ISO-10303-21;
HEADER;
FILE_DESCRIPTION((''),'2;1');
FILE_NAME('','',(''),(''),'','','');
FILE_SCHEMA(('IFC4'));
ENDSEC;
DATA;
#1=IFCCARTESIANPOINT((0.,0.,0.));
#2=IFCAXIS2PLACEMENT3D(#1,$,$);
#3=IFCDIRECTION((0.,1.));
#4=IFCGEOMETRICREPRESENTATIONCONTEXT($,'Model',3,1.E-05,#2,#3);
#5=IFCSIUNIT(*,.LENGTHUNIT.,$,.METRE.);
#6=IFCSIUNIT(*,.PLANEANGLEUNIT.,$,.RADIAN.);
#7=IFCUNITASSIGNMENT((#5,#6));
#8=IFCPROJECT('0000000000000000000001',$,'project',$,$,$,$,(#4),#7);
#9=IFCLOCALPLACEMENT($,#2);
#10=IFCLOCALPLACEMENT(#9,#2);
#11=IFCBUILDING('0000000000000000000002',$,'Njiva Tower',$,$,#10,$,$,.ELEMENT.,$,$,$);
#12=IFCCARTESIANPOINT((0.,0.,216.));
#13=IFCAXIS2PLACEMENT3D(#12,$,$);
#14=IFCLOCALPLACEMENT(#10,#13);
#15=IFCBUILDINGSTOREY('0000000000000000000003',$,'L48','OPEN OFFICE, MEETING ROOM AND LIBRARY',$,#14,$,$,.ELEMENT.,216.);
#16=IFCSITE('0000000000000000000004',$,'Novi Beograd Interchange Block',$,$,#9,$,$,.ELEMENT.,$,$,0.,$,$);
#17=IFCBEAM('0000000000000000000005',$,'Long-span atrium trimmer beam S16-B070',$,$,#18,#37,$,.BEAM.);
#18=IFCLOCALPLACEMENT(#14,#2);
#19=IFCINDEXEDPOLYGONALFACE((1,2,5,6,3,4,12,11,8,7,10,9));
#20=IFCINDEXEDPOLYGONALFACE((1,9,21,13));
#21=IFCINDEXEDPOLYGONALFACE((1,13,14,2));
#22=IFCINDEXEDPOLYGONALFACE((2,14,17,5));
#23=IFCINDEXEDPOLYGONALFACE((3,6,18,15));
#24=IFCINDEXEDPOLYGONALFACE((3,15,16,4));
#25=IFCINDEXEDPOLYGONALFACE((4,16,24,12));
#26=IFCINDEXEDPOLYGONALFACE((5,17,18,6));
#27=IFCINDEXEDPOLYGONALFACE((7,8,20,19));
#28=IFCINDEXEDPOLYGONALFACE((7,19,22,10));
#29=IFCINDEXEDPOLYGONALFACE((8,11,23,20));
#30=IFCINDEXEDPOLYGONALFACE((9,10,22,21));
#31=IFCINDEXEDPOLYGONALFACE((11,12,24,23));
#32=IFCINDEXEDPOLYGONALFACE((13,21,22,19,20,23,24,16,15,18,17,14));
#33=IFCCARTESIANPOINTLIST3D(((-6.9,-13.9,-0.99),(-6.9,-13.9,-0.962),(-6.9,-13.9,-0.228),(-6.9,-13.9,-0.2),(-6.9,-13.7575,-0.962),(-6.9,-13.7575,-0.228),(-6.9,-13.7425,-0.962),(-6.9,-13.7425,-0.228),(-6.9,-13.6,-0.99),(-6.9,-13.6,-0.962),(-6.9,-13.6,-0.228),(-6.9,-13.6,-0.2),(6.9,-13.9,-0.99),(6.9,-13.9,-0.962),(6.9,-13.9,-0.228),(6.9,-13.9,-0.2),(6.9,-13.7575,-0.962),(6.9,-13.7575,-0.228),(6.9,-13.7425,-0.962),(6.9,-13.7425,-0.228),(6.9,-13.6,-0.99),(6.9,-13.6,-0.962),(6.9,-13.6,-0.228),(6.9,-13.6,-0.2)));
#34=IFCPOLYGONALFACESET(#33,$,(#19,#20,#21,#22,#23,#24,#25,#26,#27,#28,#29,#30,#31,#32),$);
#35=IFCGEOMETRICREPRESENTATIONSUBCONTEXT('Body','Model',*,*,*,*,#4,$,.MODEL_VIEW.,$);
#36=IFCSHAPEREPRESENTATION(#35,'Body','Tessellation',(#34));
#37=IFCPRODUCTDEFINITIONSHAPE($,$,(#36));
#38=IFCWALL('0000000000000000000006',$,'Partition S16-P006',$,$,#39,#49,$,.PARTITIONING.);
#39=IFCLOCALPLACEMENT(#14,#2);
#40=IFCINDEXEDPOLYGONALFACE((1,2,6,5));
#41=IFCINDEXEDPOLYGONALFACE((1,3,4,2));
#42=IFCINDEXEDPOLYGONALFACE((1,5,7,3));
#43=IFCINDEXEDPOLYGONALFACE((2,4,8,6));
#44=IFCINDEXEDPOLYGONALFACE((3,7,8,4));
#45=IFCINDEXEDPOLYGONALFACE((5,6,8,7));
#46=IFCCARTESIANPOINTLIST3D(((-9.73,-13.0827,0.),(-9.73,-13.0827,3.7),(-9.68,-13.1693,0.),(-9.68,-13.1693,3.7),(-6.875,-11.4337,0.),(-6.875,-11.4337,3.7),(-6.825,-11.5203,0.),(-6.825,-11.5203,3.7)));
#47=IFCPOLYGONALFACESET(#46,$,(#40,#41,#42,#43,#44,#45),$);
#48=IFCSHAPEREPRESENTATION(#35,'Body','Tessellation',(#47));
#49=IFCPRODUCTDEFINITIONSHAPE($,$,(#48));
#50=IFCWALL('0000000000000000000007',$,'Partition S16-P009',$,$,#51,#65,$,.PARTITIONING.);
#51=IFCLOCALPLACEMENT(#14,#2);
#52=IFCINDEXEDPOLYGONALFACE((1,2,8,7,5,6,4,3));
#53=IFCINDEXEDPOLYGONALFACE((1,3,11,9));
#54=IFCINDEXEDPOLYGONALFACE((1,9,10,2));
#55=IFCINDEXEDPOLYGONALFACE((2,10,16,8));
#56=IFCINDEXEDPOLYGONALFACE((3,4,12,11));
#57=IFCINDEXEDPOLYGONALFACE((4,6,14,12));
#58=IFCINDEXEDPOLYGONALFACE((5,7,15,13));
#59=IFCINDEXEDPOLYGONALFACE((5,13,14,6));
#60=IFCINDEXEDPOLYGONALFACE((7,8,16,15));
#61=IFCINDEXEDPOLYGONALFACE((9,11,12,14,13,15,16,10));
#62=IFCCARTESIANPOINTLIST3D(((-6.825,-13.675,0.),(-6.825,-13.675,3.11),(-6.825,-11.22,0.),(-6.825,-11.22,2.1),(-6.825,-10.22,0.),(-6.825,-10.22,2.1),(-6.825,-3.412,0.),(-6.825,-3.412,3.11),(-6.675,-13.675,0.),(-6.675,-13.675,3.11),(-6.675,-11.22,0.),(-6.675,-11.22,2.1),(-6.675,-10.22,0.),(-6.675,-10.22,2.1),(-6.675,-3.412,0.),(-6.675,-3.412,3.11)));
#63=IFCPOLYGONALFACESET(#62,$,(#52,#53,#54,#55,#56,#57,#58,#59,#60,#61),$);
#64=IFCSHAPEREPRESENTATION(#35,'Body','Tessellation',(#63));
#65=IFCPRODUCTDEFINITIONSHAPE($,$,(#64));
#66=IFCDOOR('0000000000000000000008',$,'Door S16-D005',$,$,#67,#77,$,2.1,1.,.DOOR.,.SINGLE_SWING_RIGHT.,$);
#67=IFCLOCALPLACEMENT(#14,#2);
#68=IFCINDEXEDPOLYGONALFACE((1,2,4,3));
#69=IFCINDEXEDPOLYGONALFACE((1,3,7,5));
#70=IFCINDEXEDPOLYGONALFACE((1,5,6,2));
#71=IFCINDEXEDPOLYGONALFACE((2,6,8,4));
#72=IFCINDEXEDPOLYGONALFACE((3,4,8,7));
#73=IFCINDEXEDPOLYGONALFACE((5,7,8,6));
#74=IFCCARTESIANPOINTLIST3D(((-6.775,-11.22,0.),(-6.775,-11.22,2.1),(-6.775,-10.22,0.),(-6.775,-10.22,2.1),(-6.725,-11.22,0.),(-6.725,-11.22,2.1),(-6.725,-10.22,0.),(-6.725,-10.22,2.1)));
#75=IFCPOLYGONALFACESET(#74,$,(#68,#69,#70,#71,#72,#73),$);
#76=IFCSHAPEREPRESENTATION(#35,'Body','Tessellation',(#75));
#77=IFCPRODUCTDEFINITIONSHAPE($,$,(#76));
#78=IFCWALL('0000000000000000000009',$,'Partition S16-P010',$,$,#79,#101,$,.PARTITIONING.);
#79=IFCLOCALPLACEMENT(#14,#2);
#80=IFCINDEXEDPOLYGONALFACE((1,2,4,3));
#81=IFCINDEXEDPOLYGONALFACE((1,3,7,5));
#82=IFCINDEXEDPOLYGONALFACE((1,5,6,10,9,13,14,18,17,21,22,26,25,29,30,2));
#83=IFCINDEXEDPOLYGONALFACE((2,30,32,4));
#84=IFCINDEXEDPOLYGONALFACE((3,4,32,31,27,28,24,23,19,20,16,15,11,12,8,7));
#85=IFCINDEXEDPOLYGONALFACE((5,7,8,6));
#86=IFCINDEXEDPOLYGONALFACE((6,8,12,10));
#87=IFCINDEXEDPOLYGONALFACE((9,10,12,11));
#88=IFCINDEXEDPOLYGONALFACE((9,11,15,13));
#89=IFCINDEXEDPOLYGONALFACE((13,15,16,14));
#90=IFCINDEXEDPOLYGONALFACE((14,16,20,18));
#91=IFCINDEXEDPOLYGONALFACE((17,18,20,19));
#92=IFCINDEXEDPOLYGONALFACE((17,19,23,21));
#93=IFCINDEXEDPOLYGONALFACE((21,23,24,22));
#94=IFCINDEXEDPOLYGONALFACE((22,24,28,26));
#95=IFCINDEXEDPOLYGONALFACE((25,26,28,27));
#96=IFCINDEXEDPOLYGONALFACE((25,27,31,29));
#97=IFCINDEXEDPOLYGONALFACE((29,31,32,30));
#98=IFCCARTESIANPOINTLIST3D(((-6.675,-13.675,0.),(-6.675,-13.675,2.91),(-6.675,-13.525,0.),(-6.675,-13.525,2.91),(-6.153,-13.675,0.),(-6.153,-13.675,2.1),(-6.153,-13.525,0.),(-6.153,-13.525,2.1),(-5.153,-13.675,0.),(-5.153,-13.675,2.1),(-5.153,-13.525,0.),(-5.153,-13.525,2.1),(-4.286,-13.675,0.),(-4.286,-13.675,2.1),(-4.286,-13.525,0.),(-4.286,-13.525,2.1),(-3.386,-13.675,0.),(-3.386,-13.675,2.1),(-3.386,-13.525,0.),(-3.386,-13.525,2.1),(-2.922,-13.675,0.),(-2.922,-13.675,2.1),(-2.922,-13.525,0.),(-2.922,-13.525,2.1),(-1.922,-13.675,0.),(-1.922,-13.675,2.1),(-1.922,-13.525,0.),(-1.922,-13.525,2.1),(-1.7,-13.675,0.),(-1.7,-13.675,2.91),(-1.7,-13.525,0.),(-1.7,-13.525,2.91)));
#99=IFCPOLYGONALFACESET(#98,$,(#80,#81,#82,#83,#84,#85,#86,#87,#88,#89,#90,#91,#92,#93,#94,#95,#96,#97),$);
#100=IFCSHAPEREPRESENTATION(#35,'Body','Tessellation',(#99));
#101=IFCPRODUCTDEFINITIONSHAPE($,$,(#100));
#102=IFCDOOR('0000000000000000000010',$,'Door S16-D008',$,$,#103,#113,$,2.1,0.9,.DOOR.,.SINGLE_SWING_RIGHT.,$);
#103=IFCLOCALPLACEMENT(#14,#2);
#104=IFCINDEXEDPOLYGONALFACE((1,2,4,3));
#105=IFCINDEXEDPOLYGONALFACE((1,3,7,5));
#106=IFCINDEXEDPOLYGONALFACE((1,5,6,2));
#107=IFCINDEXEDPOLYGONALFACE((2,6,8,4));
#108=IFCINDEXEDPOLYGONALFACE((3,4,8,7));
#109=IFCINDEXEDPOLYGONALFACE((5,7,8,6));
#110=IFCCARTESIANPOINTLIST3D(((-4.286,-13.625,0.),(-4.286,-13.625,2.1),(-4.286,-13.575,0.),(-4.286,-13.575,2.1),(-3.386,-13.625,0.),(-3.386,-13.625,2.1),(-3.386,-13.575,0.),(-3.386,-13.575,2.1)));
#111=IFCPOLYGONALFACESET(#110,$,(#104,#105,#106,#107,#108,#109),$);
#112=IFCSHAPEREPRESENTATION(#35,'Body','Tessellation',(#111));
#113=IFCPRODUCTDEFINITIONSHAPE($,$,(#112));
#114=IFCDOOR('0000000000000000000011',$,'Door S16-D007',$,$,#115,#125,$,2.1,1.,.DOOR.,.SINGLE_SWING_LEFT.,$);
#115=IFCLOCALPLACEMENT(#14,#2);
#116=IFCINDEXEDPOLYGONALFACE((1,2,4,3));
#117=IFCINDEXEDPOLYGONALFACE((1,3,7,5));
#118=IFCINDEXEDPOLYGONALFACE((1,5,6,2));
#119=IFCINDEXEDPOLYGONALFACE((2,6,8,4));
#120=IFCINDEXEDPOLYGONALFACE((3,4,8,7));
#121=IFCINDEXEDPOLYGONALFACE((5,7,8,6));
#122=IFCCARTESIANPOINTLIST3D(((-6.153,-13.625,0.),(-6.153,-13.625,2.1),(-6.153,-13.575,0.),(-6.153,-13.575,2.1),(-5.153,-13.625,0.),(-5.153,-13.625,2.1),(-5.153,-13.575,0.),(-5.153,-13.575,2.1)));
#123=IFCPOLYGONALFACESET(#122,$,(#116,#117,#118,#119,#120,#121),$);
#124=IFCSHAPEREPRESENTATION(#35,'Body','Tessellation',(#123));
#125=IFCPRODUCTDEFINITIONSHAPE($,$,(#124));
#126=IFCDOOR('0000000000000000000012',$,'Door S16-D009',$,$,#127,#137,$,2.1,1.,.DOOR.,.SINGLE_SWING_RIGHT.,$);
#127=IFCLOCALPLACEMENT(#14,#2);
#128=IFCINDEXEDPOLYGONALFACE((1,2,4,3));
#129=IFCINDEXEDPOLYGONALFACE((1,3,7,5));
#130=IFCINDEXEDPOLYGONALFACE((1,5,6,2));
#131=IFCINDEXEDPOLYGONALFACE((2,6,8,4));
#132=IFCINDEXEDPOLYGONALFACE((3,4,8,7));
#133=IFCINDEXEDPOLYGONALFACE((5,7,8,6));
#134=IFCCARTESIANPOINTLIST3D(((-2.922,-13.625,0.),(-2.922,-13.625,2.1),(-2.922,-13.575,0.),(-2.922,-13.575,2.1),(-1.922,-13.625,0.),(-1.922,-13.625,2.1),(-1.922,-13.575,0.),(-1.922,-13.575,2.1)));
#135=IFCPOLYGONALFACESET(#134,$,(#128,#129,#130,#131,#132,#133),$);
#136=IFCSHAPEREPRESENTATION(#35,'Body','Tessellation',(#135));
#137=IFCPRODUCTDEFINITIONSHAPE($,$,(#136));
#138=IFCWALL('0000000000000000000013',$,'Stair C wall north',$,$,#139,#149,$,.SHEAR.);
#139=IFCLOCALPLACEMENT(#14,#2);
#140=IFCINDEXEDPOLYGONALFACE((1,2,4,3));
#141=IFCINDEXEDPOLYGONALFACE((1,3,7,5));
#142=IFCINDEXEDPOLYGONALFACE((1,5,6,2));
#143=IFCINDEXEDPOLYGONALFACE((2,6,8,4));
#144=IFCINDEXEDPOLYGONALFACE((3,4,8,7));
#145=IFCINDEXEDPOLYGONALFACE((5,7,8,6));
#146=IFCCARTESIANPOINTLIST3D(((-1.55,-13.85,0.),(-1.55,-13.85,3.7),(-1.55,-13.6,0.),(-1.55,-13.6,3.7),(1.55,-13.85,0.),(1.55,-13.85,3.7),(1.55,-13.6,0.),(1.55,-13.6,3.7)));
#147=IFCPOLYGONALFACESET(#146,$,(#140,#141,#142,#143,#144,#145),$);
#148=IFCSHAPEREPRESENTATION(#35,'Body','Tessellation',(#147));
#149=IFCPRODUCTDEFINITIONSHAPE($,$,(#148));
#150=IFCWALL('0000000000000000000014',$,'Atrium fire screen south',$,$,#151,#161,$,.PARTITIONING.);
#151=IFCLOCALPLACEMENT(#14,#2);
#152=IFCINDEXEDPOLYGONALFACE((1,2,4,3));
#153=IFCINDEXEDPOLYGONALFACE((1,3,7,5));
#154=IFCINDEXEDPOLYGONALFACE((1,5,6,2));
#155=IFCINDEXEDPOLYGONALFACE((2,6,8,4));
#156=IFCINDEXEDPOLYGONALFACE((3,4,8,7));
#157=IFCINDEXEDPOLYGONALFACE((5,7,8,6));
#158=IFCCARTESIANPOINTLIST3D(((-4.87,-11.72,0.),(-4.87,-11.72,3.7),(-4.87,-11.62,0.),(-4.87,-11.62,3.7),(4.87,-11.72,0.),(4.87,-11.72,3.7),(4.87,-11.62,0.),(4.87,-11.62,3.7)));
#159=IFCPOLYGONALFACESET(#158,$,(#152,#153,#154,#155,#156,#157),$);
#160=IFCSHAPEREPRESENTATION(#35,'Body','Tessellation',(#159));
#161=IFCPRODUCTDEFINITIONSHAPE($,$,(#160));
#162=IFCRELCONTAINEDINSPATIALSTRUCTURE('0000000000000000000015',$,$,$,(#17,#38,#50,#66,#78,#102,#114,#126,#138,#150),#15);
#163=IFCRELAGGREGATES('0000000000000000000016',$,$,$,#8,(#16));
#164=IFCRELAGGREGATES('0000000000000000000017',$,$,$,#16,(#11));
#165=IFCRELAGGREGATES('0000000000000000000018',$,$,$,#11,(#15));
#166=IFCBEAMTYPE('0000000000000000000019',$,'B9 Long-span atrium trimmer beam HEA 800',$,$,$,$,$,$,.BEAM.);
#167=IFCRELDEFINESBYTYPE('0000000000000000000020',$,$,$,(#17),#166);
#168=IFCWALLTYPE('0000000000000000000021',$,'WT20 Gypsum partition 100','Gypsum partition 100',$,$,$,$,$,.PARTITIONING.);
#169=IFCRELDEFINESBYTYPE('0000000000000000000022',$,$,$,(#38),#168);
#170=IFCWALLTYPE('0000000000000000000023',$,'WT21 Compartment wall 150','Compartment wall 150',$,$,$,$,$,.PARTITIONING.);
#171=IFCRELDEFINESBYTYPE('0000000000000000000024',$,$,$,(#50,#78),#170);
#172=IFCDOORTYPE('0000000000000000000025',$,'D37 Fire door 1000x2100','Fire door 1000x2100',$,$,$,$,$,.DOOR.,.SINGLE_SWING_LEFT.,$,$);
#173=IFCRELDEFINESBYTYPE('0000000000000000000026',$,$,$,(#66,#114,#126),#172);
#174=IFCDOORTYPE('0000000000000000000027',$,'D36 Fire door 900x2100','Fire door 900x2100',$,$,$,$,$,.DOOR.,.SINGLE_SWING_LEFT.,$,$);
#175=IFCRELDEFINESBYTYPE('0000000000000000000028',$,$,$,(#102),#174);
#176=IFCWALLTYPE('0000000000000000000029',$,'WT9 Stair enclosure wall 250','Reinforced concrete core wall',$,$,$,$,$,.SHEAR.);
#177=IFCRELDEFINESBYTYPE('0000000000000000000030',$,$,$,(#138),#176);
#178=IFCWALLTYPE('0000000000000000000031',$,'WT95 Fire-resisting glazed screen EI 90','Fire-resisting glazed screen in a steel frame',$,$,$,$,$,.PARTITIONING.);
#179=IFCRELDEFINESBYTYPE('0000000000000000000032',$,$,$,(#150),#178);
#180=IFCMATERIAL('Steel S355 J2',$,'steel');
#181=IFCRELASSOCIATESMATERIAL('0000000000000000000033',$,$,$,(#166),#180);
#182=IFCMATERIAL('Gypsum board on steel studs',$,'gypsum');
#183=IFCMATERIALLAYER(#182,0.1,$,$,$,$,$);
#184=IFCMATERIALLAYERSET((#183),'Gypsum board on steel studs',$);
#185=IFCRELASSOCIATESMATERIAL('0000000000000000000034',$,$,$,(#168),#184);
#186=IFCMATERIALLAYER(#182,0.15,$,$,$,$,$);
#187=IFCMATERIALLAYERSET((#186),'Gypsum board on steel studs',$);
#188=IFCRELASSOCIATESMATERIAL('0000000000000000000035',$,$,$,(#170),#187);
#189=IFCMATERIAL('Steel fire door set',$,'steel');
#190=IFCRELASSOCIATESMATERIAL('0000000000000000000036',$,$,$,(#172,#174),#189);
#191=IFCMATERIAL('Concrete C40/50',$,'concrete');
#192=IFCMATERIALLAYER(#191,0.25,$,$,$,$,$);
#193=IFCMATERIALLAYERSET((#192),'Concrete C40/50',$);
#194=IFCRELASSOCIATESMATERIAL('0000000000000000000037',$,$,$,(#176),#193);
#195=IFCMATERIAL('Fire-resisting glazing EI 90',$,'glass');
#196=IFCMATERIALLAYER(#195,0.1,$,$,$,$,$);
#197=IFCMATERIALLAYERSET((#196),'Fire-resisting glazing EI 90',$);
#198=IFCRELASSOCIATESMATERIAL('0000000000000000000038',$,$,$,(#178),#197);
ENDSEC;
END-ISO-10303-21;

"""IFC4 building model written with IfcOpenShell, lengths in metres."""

from ifc_helpers import new_model, si_unit, direction, frame, frame_2d, origin, origin_2d, place, context, subcontext, project, spatial, rectangle, i_section, extrude, material, layer, layer_set, material_profile, profile_set, type_object, element, fill, save


model = new_model("IFC4")

# Units and contexts
model_context = context("Model", 3, precision=1e-05, world=origin(), true_north=direction((0.0, 1.0)))
body_context = subcontext(model_context, "Body", "Model", "MODEL_VIEW")
ifc_project = project(units=[si_unit("LENGTHUNIT", "METRE"), si_unit("PLANEANGLEUNIT", "RADIAN")], contexts=[model_context])

# Site, building, storey
site_placement = place(None, origin())
site = spatial("IfcSite", under=ifc_project, at=site_placement, Name="Novi Beograd Interchange Block", CompositionType="ELEMENT", RefElevation=0.0)
building_placement = place(site_placement, origin())
building = spatial("IfcBuilding", under=site, at=building_placement, Name="Njiva Tower", CompositionType="ELEMENT")
storey_placement = place(building_placement, frame((0.0, 0.0, 216.0)))
storey = spatial("IfcBuildingStorey", under=building, at=storey_placement, Name="L48", Description="OPEN OFFICE, MEETING ROOM AND LIBRARY", CompositionType="ELEMENT", Elevation=216.0)

# Shared definitions
ifc_material_1 = material(Name="Steel S355 J2", Category="steel")

# Beam
ifc_material_profile_1 = material_profile(ifc_material_1, i_section(OverallWidth=0.3, OverallDepth=0.79, WebThickness=0.015, FlangeThickness=0.028, at=origin_2d()), Name="HEA 800")
ifc_profile_set_1 = profile_set([ifc_material_profile_1], Name="Steel S355 J2")
beam_type_1 = type_object("IfcBeamType", Name="B9 Long-span atrium trimmer beam HEA 800", PredefinedType="BEAM", material=ifc_profile_set_1)
beam_1_placement = place(storey_placement, frame((-6.9, -13.75, -0.595), z_axis=(1.0, 0.0, 0.0), x_axis=(0.0, 1.0, 0.0)))
element("IfcBeam", 1, at=beam_1_placement, inside=storey, type_object=beam_type_1, Name="Long-span atrium trimmer beam S16-B070", PredefinedType="BEAM", context=body_context, shape_type="SweptSolid", body=[
    extrude(i_section(OverallWidth=0.3, OverallDepth=0.79, WebThickness=0.015, FlangeThickness=0.028, at=origin_2d()), origin(), (0.0, 0.0, 1.0), 13.8),
])

# Wall
ifc_material_2 = material(Name="Gypsum board on steel studs", Category="gypsum")
ifc_layer_1 = layer(ifc_material_2, 0.1)
ifc_layer_set_1 = layer_set([ifc_layer_1], Name="Gypsum board on steel studs")
wall_type_1 = type_object("IfcWallType", Name="WT20 Gypsum partition 100", Description="Gypsum partition 100", PredefinedType="PARTITIONING", material=ifc_layer_set_1)
wall_1_placement = place(storey_placement, frame((-9.705, -13.126, 0.0), z_axis=(0.0, 0.0, 1.0), x_axis=(0.865938, 0.500151, 0.0)))
element("IfcWall", 2, at=wall_1_placement, inside=storey, type_object=wall_type_1, Name="Partition S16-P006", PredefinedType="PARTITIONING", context=body_context, shape_type="SweptSolid", body=[
    extrude(rectangle(XDim=3.297, YDim=0.1, at=frame_2d((1.6485, 0.0))), origin(), (0.0, 0.0, 1.0), 3.7),
])

# Wall, opening, door
ifc_layer_2 = layer(ifc_material_2, 0.15)
ifc_layer_set_2 = layer_set([ifc_layer_2], Name="Gypsum board on steel studs")
wall_type_2 = type_object("IfcWallType", Name="WT21 Compartment wall 150", Description="Compartment wall 150", PredefinedType="PARTITIONING", material=ifc_layer_set_2)
wall_2_placement = place(storey_placement, frame((-6.75, -13.675, 0.0), z_axis=(0.0, 0.0, 1.0), x_axis=(0.0, 1.0, 0.0)))
wall_2 = element("IfcWall", 3, at=wall_2_placement, inside=storey, type_object=wall_type_2, Name="Partition S16-P009", PredefinedType="PARTITIONING", context=body_context, shape_type="SweptSolid", body=[
    extrude(rectangle(XDim=10.263, YDim=0.15, at=frame_2d((5.1315, 0.0))), origin(), (0.0, 0.0, 1.0), 3.11),
])
opening_1_placement = place(wall_2_placement, frame((2.455, 0.0, 0.0)))
opening_1 = element("IfcOpeningElement", 4, at=opening_1_placement, cuts=wall_2, PredefinedType="OPENING", context=body_context, shape_type="SweptSolid", body=[
    extrude(rectangle(XDim=1.0, YDim=2.1, at=frame_2d((0.5, 1.05))), frame((0.0, 0.085, 0.0), z_axis=(0.0, -1.0, 0.0), x_axis=(1.0, 0.0, 0.0)), (0.0, 0.0, 1.0), 0.17),
])
ifc_material_3 = material(Name="Steel fire door set", Category="steel")
door_type_1 = type_object("IfcDoorType", Name="D37 Fire door 1000x2100", Description="Fire door 1000x2100", OperationType="SINGLE_SWING_LEFT", PredefinedType="DOOR", material=ifc_material_3)
door_1_placement = place(opening_1_placement, origin())
door_1 = element("IfcDoor", 5, at=door_1_placement, inside=storey, type_object=door_type_1, Name="Door S16-D005", OperationType="SINGLE_SWING_RIGHT", OverallHeight=2.1, OverallWidth=1.0, PredefinedType="DOOR", context=body_context, shape_type="SweptSolid", body=[
    extrude(rectangle(XDim=1.0, YDim=2.1, at=frame_2d((0.5, 1.05))), frame((0.0, 0.025, 0.0), z_axis=(0.0, -1.0, 0.0), x_axis=(1.0, 0.0, 0.0)), (0.0, 0.0, 1.0), 0.05),
])
fill(opening_1, door_1)

# Wall, openings, doors
wall_3_placement = place(storey_placement, frame((-6.675, -13.6, 0.0), z_axis=(0.0, 0.0, 1.0), x_axis=(1.0, 0.0, 0.0)))
wall_3 = element("IfcWall", 6, at=wall_3_placement, inside=storey, type_object=wall_type_2, Name="Partition S16-P010", PredefinedType="PARTITIONING", context=body_context, shape_type="SweptSolid", body=[
    extrude(rectangle(XDim=4.975, YDim=0.15, at=frame_2d((2.4875, 0.0))), origin(), (0.0, 0.0, 1.0), 2.91),
])
opening_2_placement = place(wall_3_placement, frame((0.522, 0.0, 0.0)))
opening_2 = element("IfcOpeningElement", 7, at=opening_2_placement, cuts=wall_3, PredefinedType="OPENING", context=body_context, shape_type="SweptSolid", body=[
    extrude(rectangle(XDim=1.0, YDim=2.1, at=frame_2d((0.5, 1.05))), frame((0.0, 0.085, 0.0), z_axis=(0.0, -1.0, 0.0), x_axis=(1.0, 0.0, 0.0)), (0.0, 0.0, 1.0), 0.17),
])
opening_3_placement = place(wall_3_placement, frame((2.389, 0.0, 0.0)))
opening_3 = element("IfcOpeningElement", 8, at=opening_3_placement, cuts=wall_3, PredefinedType="OPENING", context=body_context, shape_type="SweptSolid", body=[
    extrude(rectangle(XDim=0.9, YDim=2.1, at=frame_2d((0.45, 1.05))), frame((0.0, 0.085, 0.0), z_axis=(0.0, -1.0, 0.0), x_axis=(1.0, 0.0, 0.0)), (0.0, 0.0, 1.0), 0.17),
])
opening_4_placement = place(wall_3_placement, frame((3.753, 0.0, 0.0)))
opening_4 = element("IfcOpeningElement", 9, at=opening_4_placement, cuts=wall_3, PredefinedType="OPENING", context=body_context, shape_type="SweptSolid", body=[
    extrude(rectangle(XDim=1.0, YDim=2.1, at=frame_2d((0.5, 1.05))), frame((0.0, 0.085, 0.0), z_axis=(0.0, -1.0, 0.0), x_axis=(1.0, 0.0, 0.0)), (0.0, 0.0, 1.0), 0.17),
])
door_type_2 = type_object("IfcDoorType", Name="D36 Fire door 900x2100", Description="Fire door 900x2100", OperationType="SINGLE_SWING_LEFT", PredefinedType="DOOR", material=ifc_material_3)
door_2_placement = place(opening_3_placement, origin())
door_2 = element("IfcDoor", 10, at=door_2_placement, inside=storey, type_object=door_type_2, Name="Door S16-D008", OperationType="SINGLE_SWING_RIGHT", OverallHeight=2.1, OverallWidth=0.9, PredefinedType="DOOR", context=body_context, shape_type="SweptSolid", body=[
    extrude(rectangle(XDim=0.9, YDim=2.1, at=frame_2d((0.45, 1.05))), frame((0.0, 0.025, 0.0), z_axis=(0.0, -1.0, 0.0), x_axis=(1.0, 0.0, 0.0)), (0.0, 0.0, 1.0), 0.05),
])
fill(opening_3, door_2)
door_3_placement = place(opening_2_placement, origin())
door_3 = element("IfcDoor", 11, at=door_3_placement, inside=storey, type_object=door_type_1, Name="Door S16-D007", OperationType="SINGLE_SWING_LEFT", OverallHeight=2.1, OverallWidth=1.0, PredefinedType="DOOR", context=body_context, shape_type="SweptSolid", body=[
    extrude(rectangle(XDim=1.0, YDim=2.1, at=frame_2d((0.5, 1.05))), frame((0.0, 0.025, 0.0), z_axis=(0.0, -1.0, 0.0), x_axis=(1.0, 0.0, 0.0)), (0.0, 0.0, 1.0), 0.05),
])
fill(opening_2, door_3)
door_4_placement = place(opening_4_placement, origin())
door_4 = element("IfcDoor", 12, at=door_4_placement, inside=storey, type_object=door_type_1, Name="Door S16-D009", OperationType="SINGLE_SWING_RIGHT", OverallHeight=2.1, OverallWidth=1.0, PredefinedType="DOOR", context=body_context, shape_type="SweptSolid", body=[
    extrude(rectangle(XDim=1.0, YDim=2.1, at=frame_2d((0.5, 1.05))), frame((0.0, 0.025, 0.0), z_axis=(0.0, -1.0, 0.0), x_axis=(1.0, 0.0, 0.0)), (0.0, 0.0, 1.0), 0.05),
])
fill(opening_4, door_4)

# Walls
ifc_material_4 = material(Name="Concrete C40/50", Category="concrete")
ifc_layer_3 = layer(ifc_material_4, 0.25)
ifc_layer_set_3 = layer_set([ifc_layer_3], Name="Concrete C40/50")
wall_type_3 = type_object("IfcWallType", Name="WT9 Stair enclosure wall 250", Description="Reinforced concrete core wall", PredefinedType="SHEAR", material=ifc_layer_set_3)
wall_4_placement = place(storey_placement, frame((-1.55, -13.725, 0.0), z_axis=(0.0, 0.0, 1.0), x_axis=(1.0, 0.0, 0.0)))
element("IfcWall", 13, at=wall_4_placement, inside=storey, type_object=wall_type_3, Name="Stair C wall north", PredefinedType="SHEAR", context=body_context, shape_type="SweptSolid", body=[
    extrude(rectangle(XDim=3.1, YDim=0.25, at=frame_2d((1.55, 0.0))), origin(), (0.0, 0.0, 1.0), 3.7),
])
ifc_material_5 = material(Name="Fire-resisting glazing EI 90", Category="glass")
ifc_layer_4 = layer(ifc_material_5, 0.1)
ifc_layer_set_4 = layer_set([ifc_layer_4], Name="Fire-resisting glazing EI 90")
wall_type_4 = type_object("IfcWallType", Name="WT95 Fire-resisting glazed screen EI 90", Description="Fire-resisting glazed screen in a steel frame", PredefinedType="PARTITIONING", material=ifc_layer_set_4)
wall_5_placement = place(storey_placement, frame((-4.87, -11.67, 0.0), z_axis=(0.0, 0.0, 1.0), x_axis=(1.0, 0.0, 0.0)))
element("IfcWall", 14, at=wall_5_placement, inside=storey, type_object=wall_type_4, Name="Atrium fire screen south", PredefinedType="PARTITIONING", context=body_context, shape_type="SweptSolid", body=[
    extrude(rectangle(XDim=9.74, YDim=0.1, at=frame_2d((4.87, 0.0))), origin(), (0.0, 0.0, 1.0), 3.7),
])

save(model, "model.ifc")
